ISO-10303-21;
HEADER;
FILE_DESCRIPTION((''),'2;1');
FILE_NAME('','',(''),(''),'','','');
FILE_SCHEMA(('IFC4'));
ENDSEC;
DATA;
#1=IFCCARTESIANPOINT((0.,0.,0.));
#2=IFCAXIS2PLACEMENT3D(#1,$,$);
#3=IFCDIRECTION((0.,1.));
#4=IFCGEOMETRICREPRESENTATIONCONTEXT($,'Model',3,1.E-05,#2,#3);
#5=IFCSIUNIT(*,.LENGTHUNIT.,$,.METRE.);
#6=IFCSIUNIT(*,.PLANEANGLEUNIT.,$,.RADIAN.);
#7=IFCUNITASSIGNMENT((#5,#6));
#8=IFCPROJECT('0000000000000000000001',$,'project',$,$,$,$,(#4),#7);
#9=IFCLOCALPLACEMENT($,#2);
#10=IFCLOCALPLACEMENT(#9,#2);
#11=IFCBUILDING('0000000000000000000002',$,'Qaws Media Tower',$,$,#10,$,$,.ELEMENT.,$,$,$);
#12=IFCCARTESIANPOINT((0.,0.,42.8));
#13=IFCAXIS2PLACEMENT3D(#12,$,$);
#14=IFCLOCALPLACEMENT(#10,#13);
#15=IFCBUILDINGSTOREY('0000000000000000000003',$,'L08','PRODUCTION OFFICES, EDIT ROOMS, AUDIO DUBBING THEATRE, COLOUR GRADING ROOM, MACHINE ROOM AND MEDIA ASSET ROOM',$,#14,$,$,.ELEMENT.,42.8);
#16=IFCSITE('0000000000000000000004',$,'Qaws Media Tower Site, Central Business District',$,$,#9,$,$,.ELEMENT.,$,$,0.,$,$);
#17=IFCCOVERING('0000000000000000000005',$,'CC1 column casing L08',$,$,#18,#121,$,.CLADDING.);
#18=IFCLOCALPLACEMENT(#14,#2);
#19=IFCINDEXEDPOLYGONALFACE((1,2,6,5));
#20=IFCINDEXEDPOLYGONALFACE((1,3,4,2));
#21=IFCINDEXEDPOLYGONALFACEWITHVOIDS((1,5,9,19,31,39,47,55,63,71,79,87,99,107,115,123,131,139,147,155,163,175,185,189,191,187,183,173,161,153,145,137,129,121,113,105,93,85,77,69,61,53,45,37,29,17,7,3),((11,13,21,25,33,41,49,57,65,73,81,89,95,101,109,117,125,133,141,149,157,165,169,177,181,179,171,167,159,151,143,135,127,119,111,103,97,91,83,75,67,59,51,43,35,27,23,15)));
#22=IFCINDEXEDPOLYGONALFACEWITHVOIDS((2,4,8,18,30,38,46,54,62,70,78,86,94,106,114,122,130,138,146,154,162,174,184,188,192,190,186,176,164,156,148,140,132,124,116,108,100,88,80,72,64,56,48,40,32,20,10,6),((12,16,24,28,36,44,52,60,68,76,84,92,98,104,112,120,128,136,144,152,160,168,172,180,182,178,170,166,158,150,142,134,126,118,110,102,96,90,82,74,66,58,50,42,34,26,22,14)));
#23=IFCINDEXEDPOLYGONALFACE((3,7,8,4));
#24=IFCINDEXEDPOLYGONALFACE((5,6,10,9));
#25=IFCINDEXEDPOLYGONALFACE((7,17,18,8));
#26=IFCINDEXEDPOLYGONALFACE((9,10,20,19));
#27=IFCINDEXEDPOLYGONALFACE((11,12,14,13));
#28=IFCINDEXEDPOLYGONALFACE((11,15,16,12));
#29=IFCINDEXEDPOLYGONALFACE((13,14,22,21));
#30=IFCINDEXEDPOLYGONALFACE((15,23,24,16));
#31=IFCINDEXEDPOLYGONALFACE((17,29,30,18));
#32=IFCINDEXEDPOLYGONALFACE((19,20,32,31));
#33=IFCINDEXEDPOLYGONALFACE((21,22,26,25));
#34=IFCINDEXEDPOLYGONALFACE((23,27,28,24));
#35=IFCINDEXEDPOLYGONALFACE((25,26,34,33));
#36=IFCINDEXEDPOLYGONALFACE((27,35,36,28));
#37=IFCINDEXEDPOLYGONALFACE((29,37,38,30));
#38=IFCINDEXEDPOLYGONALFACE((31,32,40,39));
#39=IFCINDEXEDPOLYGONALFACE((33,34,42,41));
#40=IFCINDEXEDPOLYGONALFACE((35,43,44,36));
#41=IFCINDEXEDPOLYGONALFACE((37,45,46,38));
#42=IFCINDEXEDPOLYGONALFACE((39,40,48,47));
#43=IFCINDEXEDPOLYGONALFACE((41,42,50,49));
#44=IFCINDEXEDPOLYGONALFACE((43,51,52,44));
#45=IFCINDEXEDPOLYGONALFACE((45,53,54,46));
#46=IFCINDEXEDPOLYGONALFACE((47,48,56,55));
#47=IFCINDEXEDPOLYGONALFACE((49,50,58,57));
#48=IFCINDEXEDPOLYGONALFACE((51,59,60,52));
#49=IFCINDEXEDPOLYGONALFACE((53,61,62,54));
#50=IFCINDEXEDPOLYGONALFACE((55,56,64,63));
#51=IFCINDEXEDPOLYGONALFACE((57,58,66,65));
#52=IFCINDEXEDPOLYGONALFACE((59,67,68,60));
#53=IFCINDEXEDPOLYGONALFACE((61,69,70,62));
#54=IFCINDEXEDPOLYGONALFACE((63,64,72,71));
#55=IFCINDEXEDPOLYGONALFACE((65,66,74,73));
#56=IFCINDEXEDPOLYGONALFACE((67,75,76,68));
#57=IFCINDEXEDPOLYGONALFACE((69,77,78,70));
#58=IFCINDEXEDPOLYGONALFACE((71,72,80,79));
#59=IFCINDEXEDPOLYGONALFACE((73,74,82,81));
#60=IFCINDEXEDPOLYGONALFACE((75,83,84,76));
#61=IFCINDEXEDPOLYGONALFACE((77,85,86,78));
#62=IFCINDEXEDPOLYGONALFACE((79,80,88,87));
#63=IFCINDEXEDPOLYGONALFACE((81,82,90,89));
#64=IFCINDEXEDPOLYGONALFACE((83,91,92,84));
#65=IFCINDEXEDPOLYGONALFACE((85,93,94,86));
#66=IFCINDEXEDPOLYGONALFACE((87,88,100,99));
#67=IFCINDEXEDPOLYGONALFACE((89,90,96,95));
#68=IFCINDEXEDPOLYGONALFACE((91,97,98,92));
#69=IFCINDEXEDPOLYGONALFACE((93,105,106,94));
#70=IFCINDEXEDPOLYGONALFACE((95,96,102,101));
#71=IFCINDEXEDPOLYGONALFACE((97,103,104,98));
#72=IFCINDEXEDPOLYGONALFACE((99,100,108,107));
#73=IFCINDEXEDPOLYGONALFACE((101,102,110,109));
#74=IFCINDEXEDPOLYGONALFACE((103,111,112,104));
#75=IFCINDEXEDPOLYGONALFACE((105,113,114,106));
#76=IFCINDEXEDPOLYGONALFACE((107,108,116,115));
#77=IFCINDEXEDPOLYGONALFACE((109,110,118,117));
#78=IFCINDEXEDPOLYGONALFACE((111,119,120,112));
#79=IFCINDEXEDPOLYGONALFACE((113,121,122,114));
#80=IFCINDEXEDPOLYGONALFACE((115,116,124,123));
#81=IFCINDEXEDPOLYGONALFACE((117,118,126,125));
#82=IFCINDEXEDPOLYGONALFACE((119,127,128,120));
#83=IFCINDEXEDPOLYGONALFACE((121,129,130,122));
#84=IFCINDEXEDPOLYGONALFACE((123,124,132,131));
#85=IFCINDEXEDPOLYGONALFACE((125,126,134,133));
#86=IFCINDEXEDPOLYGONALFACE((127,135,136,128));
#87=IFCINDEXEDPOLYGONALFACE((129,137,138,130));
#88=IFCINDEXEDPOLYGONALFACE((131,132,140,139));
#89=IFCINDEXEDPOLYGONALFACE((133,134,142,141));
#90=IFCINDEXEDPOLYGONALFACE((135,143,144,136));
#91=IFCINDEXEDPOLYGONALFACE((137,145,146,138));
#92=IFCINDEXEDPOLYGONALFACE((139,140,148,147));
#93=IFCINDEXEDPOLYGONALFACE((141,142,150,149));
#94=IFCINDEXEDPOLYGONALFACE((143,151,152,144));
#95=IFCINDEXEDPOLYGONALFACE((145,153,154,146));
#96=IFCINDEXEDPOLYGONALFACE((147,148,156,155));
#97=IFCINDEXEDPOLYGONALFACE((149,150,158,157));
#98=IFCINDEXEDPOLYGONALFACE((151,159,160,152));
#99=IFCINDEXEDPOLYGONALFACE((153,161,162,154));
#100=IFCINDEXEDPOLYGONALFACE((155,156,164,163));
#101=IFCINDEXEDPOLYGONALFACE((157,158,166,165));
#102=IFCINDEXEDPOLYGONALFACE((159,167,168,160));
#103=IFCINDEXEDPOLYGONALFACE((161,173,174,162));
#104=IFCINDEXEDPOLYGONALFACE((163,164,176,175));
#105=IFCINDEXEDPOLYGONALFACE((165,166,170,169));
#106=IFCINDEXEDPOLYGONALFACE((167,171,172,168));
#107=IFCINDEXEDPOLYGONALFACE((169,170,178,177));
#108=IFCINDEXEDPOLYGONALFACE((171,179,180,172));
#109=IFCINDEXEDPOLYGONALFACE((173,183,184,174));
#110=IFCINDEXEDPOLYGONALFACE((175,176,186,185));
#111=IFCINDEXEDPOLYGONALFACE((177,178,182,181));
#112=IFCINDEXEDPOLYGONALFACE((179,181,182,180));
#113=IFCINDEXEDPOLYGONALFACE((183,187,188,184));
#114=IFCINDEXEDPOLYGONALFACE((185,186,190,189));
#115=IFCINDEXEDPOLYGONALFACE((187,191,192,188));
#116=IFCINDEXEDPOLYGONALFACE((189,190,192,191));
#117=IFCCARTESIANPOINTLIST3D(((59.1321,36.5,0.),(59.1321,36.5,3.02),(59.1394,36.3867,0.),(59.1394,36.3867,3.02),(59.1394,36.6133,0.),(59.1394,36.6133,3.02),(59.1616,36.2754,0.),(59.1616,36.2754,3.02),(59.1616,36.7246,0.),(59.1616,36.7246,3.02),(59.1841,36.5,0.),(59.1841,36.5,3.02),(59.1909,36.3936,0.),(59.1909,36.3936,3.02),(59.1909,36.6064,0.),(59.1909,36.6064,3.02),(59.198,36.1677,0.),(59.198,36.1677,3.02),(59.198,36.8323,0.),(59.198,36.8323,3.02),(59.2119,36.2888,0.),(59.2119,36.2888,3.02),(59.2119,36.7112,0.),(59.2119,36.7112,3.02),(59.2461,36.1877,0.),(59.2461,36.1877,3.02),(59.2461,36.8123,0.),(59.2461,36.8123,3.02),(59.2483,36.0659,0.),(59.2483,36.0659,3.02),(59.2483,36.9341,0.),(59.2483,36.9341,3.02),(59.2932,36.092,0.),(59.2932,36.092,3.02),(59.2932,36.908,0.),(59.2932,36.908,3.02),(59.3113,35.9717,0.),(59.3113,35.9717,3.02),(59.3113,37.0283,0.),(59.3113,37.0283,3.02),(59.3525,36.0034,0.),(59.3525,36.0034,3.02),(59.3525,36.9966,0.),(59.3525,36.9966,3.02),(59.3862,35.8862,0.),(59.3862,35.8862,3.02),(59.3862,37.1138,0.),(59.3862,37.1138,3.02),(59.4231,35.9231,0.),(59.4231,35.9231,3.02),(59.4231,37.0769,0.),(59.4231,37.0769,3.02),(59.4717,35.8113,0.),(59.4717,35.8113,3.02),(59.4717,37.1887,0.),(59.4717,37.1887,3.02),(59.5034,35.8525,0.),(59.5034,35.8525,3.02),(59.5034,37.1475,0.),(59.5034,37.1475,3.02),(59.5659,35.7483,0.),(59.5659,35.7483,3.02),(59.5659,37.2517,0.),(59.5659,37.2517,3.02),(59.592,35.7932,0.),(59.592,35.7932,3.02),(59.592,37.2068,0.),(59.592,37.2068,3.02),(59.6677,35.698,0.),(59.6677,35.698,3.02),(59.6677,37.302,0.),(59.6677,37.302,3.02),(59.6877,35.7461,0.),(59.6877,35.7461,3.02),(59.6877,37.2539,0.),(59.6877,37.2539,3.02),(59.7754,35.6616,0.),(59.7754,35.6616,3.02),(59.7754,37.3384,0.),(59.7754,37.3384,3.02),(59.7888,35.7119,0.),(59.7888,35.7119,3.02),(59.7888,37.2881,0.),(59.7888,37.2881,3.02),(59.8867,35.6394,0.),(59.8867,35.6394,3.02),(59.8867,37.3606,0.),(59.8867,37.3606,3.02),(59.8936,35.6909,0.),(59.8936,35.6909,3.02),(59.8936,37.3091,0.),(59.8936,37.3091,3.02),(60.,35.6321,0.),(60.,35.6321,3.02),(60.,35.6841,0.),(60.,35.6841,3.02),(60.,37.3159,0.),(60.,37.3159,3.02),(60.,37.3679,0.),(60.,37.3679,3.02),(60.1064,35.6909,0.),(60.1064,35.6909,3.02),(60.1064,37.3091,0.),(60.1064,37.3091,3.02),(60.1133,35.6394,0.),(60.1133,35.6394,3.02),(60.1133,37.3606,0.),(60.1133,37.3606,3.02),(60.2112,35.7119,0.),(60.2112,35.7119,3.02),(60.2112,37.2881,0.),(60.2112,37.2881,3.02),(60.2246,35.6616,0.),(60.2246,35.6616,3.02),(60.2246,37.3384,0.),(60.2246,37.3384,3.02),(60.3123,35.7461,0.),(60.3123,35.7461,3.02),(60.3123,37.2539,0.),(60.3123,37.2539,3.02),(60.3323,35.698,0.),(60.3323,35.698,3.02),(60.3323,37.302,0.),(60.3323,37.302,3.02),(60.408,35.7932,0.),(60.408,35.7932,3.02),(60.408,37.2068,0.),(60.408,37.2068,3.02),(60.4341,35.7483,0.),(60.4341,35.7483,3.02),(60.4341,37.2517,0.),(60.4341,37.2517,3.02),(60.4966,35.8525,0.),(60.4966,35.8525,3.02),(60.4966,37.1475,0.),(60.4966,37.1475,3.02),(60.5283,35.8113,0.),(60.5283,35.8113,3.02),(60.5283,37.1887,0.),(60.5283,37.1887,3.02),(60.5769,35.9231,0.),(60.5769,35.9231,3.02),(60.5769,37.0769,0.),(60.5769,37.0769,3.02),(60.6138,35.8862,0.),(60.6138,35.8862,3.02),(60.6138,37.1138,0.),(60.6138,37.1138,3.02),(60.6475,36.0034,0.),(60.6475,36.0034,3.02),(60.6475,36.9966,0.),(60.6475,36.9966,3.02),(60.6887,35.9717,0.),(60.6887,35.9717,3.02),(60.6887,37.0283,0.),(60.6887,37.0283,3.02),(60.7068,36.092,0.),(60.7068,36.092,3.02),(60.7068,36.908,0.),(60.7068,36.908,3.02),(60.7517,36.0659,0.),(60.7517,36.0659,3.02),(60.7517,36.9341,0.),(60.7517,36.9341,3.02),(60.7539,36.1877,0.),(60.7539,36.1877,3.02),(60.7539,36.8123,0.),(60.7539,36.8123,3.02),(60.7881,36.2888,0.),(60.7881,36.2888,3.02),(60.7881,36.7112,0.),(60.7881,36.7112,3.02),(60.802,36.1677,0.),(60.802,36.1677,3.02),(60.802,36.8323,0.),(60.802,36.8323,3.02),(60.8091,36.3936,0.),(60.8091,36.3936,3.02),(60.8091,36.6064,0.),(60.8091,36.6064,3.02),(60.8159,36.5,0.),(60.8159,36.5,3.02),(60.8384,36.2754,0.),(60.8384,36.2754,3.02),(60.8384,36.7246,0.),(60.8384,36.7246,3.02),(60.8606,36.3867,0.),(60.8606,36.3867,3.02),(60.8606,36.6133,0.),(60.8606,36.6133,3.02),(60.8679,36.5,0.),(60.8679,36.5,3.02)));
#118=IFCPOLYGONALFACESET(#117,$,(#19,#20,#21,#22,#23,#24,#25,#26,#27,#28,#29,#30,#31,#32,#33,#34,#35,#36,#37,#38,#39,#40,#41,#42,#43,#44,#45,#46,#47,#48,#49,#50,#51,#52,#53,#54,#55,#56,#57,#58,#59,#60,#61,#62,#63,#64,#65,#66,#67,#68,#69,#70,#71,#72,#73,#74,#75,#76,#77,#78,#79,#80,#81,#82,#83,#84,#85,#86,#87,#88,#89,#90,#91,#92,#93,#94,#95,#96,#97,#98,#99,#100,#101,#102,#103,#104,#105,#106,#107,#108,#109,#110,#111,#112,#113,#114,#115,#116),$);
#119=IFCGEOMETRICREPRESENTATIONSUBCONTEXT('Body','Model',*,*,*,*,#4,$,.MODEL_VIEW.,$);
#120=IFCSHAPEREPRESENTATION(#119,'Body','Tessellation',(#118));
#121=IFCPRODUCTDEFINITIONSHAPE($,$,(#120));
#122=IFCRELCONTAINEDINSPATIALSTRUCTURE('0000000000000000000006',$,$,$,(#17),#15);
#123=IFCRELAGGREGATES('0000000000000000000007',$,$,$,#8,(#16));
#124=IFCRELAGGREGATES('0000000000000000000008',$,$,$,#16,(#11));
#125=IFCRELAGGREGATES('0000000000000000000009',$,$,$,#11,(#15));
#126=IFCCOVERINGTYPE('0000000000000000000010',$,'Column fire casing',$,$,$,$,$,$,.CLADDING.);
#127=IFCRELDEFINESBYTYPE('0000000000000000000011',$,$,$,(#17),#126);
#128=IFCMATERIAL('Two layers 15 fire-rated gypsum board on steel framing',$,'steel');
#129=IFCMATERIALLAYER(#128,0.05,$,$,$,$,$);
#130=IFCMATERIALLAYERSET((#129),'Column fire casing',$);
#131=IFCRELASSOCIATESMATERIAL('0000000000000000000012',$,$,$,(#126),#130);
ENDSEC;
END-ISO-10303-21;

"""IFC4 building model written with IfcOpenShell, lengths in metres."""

from ifc_helpers import new_model, si_unit, direction, frame, origin, place, context, subcontext, project, spatial, polyline, outline, extrude, material, layer, layer_set, type_object, element, save


model = new_model("IFC4")

# Units and contexts
model_context = context("Model", 3, precision=1e-05, world=origin(), true_north=direction((0.0, 1.0)))
body_context = subcontext(model_context, "Body", "Model", "MODEL_VIEW")
ifc_project = project(units=[si_unit("LENGTHUNIT", "METRE"), si_unit("PLANEANGLEUNIT", "RADIAN")], contexts=[model_context])

# Site, building, storey
site_placement = place(None, origin())
site = spatial("IfcSite", under=ifc_project, at=site_placement, Name="Qaws Media Tower Site, Central Business District", CompositionType="ELEMENT", RefElevation=0.0)
building_placement = place(site_placement, origin())
building = spatial("IfcBuilding", under=site, at=building_placement, Name="Qaws Media Tower", CompositionType="ELEMENT")
storey_placement = place(building_placement, frame((0.0, 0.0, 42.8)))
storey = spatial("IfcBuildingStorey", under=building, at=storey_placement, Name="L08", Description="PRODUCTION OFFICES, EDIT ROOMS, AUDIO DUBBING THEATRE, COLOUR GRADING ROOM, MACHINE ROOM AND MEDIA ASSET ROOM", CompositionType="ELEMENT", Elevation=42.8)

# Covering
ifc_material_1 = material(Name="Two layers 15 fire-rated gypsum board on steel framing", Category="steel")
ifc_layer_1 = layer(ifc_material_1, 0.05)
ifc_layer_set_1 = layer_set([ifc_layer_1], Name="Column fire casing")
covering_type_1 = type_object("IfcCoveringType", Name="Column fire casing", PredefinedType="CLADDING", material=ifc_layer_set_1)
covering_1_placement = place(storey_placement, origin())
element("IfcCovering", 1, at=covering_1_placement, inside=storey, type_object=covering_type_1, Name="CC1 column casing L08", PredefinedType="CLADDING", context=body_context, shape_type="SweptSolid", body=[
    extrude(outline(polyline([(60.8679, 36.5), (60.8606, 36.3867), (60.8384, 36.2754), (60.802, 36.1677), (60.7517, 36.0659), (60.6887, 35.9717), (60.6138, 35.8862), (60.5283, 35.8113), (60.4341, 35.7483), (60.3323, 35.698), (60.2246, 35.6616), (60.1133, 35.6394), (60.0, 35.6321), (59.8867, 35.6394), (59.7754, 35.6616), (59.6677, 35.698), (59.5659, 35.7483), (59.4717, 35.8113), (59.3862, 35.8862), (59.3113, 35.9717), (59.2483, 36.0659), (59.198, 36.1677), (59.1616, 36.2754), (59.1394, 36.3867), (59.1321, 36.5), (59.1394, 36.6133), (59.1616, 36.7246), (59.198, 36.8323), (59.2483, 36.9341), (59.3113, 37.0283), (59.3862, 37.1138), (59.4717, 37.1887), (59.5659, 37.2517), (59.6677, 37.302), (59.7754, 37.3384), (59.8867, 37.3606), (60.0, 37.3679), (60.1133, 37.3606), (60.2246, 37.3384), (60.3323, 37.302), (60.4341, 37.2517), (60.5283, 37.1887), (60.6138, 37.1138), (60.6887, 37.0283), (60.7517, 36.9341), (60.802, 36.8323), (60.8384, 36.7246), (60.8606, 36.6133), (60.8679, 36.5)]), holes=[polyline([(60.8159, 36.5), (60.8091, 36.3936), (60.7881, 36.2888), (60.7539, 36.1877), (60.7068, 36.092), (60.6475, 36.0034), (60.5769, 35.9231), (60.4966, 35.8525), (60.408, 35.7932), (60.3123, 35.7461), (60.2112, 35.7119), (60.1064, 35.6909), (60.0, 35.6841), (59.8936, 35.6909), (59.7888, 35.7119), (59.6877, 35.7461), (59.592, 35.7932), (59.5034, 35.8525), (59.4231, 35.9231), (59.3525, 36.0034), (59.2932, 36.092), (59.2461, 36.1877), (59.2119, 36.2888), (59.1909, 36.3936), (59.1841, 36.5), (59.1909, 36.6064), (59.2119, 36.7112), (59.2461, 36.8123), (59.2932, 36.908), (59.3525, 36.9966), (59.4231, 37.0769), (59.5034, 37.1475), (59.592, 37.2068), (59.6877, 37.2539), (59.7888, 37.2881), (59.8936, 37.3091), (60.0, 37.3159), (60.1064, 37.3091), (60.2112, 37.2881), (60.3123, 37.2539), (60.408, 37.2068), (60.4966, 37.1475), (60.5769, 37.0769), (60.6475, 36.9966), (60.7068, 36.908), (60.7539, 36.8123), (60.7881, 36.7112), (60.8091, 36.6064), (60.8159, 36.5)])]), origin(), (0.0, 0.0, 1.0), 3.02),
])

save(model, "model.ifc")
